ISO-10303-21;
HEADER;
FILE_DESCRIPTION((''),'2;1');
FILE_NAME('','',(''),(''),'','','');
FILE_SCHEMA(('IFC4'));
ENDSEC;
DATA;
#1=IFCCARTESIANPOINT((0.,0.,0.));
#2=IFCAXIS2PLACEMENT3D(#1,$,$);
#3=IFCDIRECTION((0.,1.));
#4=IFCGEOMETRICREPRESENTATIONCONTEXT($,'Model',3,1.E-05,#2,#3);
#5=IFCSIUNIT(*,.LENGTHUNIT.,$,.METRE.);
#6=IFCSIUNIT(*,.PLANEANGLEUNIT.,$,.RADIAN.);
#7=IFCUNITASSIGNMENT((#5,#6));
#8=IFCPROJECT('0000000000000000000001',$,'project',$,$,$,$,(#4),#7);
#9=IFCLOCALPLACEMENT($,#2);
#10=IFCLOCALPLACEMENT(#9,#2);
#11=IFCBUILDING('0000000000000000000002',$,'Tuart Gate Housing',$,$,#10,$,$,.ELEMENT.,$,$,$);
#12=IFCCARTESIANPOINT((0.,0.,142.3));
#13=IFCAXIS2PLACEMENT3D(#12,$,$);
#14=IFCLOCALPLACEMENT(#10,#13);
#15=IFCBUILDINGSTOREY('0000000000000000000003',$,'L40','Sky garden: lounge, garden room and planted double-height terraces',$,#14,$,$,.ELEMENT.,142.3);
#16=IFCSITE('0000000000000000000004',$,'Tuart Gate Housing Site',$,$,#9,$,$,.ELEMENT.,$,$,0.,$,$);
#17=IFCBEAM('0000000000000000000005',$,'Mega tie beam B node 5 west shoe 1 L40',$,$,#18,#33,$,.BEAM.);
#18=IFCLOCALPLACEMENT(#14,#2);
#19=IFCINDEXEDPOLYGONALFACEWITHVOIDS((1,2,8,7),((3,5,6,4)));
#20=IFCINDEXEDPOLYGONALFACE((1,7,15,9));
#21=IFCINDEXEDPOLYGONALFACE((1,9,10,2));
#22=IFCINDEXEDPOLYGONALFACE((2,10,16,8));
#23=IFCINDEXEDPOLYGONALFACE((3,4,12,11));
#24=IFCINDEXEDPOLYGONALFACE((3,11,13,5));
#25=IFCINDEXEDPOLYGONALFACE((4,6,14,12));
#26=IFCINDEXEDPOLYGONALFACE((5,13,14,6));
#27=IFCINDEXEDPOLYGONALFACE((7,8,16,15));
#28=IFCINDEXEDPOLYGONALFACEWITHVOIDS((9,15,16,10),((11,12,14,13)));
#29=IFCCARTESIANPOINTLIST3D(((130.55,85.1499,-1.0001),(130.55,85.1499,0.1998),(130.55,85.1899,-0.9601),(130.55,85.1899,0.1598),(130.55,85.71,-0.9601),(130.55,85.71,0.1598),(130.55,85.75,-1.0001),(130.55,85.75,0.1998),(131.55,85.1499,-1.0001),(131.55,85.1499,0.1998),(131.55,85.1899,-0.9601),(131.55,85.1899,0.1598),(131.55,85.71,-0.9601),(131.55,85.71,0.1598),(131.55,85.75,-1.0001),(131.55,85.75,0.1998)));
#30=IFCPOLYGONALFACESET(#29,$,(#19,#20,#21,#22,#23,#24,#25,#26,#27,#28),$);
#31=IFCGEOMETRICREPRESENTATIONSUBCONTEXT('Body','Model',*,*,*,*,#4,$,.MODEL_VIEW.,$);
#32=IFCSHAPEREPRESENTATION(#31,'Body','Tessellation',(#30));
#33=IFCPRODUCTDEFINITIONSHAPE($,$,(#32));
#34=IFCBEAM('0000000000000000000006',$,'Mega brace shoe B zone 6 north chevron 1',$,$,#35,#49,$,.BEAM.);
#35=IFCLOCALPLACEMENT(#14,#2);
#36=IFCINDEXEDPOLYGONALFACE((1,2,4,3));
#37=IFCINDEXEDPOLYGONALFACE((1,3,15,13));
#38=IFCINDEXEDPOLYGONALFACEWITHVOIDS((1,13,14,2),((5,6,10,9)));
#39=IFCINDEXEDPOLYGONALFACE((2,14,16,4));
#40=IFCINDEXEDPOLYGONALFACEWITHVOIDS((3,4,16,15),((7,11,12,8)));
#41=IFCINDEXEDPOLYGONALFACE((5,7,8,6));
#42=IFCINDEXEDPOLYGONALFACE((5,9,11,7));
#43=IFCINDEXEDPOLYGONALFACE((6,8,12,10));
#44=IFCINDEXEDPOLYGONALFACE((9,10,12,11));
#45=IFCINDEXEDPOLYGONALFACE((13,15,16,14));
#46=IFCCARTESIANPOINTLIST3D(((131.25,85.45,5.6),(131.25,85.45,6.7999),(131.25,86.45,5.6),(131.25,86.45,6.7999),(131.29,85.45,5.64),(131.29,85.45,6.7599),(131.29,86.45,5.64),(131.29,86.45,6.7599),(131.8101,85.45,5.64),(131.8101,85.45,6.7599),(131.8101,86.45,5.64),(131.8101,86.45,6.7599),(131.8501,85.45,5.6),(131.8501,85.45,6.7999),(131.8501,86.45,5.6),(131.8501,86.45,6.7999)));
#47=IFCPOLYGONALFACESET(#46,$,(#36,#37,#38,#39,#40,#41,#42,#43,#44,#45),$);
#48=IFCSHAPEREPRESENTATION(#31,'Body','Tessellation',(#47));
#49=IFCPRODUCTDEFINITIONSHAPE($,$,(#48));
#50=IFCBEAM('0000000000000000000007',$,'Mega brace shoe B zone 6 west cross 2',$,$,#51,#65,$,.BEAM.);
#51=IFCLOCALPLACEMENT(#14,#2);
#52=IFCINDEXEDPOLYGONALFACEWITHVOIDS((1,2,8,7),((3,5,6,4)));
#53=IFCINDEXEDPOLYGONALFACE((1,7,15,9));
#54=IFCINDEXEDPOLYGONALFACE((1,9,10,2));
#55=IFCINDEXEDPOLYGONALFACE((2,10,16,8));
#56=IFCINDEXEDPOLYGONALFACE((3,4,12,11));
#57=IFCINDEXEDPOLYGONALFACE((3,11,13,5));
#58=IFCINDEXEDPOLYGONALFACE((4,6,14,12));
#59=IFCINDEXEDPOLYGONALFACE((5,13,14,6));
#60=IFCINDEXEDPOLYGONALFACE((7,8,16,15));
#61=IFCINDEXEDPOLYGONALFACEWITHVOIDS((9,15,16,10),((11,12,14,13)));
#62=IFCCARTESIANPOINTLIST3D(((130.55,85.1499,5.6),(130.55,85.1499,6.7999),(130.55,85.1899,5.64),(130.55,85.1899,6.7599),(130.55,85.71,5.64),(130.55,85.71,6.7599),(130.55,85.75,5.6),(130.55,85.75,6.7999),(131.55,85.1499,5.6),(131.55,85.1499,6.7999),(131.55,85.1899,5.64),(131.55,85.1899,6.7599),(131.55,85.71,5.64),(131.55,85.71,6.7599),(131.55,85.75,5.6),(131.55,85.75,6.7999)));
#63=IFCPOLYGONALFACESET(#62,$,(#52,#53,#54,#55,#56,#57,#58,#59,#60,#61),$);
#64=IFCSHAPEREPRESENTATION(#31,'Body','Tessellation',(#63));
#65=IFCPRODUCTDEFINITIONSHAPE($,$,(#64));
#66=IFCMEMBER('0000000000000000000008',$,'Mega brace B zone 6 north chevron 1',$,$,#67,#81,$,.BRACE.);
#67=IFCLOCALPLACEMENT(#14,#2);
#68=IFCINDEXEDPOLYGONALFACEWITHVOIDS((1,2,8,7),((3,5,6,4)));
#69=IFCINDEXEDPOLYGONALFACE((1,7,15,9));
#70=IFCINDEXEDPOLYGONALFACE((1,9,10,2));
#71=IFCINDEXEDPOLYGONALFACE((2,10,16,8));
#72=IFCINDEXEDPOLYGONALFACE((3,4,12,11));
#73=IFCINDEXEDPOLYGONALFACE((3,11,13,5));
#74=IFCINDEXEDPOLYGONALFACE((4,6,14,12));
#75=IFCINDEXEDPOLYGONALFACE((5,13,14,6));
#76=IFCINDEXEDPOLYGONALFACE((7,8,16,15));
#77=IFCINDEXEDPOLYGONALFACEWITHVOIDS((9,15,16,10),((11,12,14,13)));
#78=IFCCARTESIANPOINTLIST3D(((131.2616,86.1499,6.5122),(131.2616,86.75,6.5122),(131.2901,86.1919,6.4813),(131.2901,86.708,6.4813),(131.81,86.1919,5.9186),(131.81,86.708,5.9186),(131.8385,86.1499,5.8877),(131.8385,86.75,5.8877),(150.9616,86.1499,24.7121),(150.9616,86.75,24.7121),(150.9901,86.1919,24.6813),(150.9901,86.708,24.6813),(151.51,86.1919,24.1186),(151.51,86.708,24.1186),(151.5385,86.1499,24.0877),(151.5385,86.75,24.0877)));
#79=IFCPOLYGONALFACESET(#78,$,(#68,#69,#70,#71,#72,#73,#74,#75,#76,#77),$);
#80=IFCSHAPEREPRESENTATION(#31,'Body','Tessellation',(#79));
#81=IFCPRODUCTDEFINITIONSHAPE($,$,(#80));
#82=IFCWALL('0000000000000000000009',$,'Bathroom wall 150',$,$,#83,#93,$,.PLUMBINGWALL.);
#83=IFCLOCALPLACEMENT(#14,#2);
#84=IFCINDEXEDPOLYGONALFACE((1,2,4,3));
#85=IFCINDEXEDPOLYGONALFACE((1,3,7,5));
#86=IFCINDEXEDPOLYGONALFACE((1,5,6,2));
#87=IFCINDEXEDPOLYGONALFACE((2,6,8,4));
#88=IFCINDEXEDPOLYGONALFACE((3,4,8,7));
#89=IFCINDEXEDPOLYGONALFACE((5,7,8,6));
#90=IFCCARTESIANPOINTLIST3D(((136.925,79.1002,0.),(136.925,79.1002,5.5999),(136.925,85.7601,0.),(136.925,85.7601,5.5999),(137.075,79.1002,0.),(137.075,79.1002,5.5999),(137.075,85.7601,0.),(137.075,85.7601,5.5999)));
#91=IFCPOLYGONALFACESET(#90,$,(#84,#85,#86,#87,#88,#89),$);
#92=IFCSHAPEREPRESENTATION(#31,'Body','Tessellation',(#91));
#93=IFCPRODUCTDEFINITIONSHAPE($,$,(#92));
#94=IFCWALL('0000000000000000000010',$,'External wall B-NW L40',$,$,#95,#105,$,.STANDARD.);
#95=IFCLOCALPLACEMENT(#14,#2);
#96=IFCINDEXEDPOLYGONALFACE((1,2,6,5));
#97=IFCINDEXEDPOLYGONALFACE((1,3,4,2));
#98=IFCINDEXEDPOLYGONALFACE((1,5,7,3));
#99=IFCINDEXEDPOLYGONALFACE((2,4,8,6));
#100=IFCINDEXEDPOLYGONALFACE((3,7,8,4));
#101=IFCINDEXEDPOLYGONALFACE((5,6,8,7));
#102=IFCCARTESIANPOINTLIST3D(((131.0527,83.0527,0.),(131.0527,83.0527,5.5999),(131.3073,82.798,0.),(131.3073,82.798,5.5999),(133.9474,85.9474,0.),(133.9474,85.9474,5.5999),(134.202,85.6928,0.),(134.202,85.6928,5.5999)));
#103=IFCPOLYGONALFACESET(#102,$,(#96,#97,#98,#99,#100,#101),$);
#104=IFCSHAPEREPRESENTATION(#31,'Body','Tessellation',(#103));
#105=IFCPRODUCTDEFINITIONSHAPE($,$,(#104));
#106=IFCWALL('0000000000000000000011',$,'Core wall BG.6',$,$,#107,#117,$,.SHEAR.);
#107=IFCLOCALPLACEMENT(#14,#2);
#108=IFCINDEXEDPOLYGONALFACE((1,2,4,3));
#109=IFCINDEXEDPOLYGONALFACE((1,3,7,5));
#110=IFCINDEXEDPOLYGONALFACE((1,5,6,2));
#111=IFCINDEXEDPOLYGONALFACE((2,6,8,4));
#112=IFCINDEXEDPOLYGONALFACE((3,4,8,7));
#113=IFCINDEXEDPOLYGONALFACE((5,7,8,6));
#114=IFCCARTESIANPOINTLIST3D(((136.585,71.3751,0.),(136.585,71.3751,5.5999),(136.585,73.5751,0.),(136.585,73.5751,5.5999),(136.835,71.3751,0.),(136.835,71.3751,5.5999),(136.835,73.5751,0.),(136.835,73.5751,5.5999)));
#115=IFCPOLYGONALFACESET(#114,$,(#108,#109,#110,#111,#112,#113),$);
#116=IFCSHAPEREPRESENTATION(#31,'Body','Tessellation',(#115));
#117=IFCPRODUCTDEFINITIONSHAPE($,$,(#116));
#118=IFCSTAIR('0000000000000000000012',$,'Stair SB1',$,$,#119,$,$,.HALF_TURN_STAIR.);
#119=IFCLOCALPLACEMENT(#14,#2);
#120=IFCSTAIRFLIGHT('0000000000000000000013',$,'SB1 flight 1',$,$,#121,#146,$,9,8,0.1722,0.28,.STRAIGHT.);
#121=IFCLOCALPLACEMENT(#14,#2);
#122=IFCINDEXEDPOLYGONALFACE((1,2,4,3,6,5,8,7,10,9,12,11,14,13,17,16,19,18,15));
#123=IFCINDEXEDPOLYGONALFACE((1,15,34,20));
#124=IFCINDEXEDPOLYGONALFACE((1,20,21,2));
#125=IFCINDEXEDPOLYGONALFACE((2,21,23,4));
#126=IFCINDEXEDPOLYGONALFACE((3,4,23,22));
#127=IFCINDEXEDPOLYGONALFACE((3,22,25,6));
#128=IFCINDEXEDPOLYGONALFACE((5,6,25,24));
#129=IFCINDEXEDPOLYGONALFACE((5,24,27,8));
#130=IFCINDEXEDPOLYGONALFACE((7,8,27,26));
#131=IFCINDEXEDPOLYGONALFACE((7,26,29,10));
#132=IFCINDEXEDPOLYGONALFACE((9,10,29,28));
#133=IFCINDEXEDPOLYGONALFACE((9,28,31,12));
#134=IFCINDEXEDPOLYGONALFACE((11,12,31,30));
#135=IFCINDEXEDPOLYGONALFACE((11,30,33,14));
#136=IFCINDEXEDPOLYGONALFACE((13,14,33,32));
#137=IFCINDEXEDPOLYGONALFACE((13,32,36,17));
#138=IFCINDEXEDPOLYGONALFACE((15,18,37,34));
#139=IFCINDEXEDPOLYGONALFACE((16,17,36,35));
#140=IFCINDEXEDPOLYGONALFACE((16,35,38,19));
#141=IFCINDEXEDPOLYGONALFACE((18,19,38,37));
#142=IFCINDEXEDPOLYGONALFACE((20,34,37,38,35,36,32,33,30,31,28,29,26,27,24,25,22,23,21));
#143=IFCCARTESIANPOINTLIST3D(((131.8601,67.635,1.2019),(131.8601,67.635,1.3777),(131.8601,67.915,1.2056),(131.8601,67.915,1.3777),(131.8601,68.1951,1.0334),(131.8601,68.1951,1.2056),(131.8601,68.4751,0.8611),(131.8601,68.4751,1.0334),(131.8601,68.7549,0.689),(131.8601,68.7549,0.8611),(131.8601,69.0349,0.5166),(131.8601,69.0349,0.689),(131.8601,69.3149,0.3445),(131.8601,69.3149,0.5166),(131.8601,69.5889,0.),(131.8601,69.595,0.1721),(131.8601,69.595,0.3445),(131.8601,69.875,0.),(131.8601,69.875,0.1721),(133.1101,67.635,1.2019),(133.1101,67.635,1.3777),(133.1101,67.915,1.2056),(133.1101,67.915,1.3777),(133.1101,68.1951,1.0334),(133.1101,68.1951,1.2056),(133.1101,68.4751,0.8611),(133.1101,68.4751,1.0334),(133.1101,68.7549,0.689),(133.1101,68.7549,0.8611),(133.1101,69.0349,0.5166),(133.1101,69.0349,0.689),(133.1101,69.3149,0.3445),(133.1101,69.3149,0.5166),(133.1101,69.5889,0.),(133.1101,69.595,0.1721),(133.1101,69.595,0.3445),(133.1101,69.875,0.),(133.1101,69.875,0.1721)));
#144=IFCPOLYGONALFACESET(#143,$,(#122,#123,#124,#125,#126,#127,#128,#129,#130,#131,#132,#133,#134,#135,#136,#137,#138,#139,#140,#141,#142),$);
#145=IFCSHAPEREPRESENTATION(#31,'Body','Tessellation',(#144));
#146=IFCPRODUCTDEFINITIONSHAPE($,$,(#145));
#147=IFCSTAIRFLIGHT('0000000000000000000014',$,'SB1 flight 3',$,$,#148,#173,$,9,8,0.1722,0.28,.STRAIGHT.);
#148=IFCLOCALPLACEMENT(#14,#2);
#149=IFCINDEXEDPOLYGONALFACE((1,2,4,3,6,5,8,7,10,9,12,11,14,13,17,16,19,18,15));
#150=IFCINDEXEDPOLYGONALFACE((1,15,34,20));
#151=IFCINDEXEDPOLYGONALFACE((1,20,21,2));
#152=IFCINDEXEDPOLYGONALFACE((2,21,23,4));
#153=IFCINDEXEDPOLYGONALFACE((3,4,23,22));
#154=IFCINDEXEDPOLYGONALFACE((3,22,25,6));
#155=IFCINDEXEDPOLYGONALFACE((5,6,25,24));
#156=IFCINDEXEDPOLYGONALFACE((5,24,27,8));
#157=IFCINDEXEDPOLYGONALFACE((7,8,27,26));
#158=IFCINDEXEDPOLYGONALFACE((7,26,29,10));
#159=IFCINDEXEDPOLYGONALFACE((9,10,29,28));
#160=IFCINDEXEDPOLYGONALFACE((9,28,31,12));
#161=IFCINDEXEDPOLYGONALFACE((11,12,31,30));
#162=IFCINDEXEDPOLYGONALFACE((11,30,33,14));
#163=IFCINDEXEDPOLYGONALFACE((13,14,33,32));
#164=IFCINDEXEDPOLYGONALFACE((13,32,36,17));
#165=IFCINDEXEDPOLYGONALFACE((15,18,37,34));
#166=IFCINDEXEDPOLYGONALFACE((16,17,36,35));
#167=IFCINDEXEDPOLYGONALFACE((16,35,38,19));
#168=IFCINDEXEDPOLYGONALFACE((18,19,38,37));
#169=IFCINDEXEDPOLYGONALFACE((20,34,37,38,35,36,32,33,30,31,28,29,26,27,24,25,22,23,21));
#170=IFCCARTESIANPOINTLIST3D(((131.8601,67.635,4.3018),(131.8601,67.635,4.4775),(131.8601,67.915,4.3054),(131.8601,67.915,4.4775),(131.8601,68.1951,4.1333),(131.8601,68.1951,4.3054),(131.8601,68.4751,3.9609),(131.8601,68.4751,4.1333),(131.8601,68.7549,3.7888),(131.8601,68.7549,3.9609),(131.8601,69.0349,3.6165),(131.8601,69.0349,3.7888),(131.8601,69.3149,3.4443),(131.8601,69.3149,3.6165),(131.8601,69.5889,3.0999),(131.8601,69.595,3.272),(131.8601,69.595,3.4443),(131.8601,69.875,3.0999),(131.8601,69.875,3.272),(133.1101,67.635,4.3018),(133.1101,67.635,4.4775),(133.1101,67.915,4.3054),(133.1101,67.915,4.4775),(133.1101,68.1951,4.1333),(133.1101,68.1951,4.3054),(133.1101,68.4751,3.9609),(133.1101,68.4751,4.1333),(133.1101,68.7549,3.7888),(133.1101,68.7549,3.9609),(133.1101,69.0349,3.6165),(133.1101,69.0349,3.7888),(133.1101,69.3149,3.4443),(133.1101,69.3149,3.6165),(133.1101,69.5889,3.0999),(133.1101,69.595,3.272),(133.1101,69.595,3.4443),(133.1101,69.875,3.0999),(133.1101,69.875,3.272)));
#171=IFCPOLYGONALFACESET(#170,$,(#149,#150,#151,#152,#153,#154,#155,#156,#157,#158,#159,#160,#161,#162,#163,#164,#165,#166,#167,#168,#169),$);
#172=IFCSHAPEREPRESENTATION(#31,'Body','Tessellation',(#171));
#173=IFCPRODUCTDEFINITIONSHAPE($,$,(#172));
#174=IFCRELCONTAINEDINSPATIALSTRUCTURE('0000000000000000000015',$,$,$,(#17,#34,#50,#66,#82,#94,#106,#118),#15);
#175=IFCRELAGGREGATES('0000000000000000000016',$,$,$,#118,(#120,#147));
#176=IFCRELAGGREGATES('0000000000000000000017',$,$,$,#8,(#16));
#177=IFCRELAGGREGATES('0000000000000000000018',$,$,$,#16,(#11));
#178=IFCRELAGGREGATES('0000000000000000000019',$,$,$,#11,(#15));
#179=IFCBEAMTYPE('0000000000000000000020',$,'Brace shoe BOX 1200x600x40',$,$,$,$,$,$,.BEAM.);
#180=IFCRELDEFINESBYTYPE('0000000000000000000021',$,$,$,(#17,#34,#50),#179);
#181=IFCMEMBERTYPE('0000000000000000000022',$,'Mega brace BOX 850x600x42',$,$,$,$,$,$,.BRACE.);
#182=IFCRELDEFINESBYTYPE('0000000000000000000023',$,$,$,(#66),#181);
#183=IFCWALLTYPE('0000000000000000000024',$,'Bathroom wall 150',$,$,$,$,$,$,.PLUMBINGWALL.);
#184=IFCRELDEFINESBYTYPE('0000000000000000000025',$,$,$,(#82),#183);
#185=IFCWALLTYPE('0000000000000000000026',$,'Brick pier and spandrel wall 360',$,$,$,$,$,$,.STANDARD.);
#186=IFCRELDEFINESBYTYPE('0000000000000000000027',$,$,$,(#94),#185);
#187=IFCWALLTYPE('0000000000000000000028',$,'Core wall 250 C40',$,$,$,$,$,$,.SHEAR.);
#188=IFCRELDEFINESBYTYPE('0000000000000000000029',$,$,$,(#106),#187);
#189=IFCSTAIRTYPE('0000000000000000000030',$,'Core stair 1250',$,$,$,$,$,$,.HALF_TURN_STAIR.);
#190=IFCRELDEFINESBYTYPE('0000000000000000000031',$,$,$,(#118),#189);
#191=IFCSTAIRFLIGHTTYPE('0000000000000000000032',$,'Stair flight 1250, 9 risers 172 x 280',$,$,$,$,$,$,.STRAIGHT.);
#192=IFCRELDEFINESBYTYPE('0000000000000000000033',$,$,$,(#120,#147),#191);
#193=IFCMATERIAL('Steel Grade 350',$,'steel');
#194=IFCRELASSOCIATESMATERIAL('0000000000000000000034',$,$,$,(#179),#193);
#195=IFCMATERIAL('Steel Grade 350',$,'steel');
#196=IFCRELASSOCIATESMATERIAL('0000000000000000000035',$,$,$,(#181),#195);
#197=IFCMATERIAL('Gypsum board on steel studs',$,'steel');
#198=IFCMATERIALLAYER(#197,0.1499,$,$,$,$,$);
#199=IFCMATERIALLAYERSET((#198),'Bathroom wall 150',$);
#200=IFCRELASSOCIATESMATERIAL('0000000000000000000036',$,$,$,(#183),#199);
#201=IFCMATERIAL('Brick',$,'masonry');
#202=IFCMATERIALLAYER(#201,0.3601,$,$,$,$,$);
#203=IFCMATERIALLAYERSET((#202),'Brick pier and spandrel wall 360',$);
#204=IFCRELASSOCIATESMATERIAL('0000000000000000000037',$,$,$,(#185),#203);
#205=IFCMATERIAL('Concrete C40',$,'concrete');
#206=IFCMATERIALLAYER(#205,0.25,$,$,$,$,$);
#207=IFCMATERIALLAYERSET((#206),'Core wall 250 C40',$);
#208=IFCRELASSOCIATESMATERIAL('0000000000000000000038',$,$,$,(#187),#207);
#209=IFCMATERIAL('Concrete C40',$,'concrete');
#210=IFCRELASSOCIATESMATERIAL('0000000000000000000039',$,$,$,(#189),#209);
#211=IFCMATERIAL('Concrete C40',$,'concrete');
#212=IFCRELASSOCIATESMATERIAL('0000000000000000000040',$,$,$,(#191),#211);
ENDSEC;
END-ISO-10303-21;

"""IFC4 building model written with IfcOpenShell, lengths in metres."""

from ifc_helpers import new_model, si_unit, direction, frame, frame_2d, origin, origin_2d, place, context, subcontext, project, spatial, polyline, rectangle, hollow_rectangle, outline, extrude, material, layer, layer_set, material_profile, profile_set, type_object, element, aggregate, save


model = new_model("IFC4")

# Units and contexts
model_context = context("Model", 3, precision=1e-05, world=origin(), true_north=direction((0.0, 1.0)))
body_context = subcontext(model_context, "Body", "Model", "MODEL_VIEW")
ifc_project = project(units=[si_unit("LENGTHUNIT", "METRE"), si_unit("PLANEANGLEUNIT", "RADIAN")], contexts=[model_context])

# Site, building, storey
site_placement = place(None, origin())
site = spatial("IfcSite", under=ifc_project, at=site_placement, Name="Tuart Gate Housing Site", CompositionType="ELEMENT", RefElevation=0.0)
building_placement = place(site_placement, origin())
building = spatial("IfcBuilding", under=site, at=building_placement, Name="Tuart Gate Housing", CompositionType="ELEMENT")
storey_placement = place(building_placement, frame((0.0, 0.0, 142.3)))
storey = spatial("IfcBuildingStorey", under=building, at=storey_placement, Name="L40", Description="Sky garden: lounge, garden room and planted double-height terraces", CompositionType="ELEMENT", Elevation=142.3)

# Beams
ifc_material_1 = material(Name="Steel Grade 350", Category="steel")
ifc_material_profile_1 = material_profile(ifc_material_1, hollow_rectangle(XDim=0.6001, YDim=1.2, WallThickness=0.04, at=origin_2d()), Name="BOX 1200x600x40")
ifc_profile_set_1 = profile_set([ifc_material_profile_1], Name="Steel Grade 350")
beam_type = type_object("IfcBeamType", Name="Brace shoe BOX 1200x600x40", PredefinedType="BEAM", material=ifc_profile_set_1)
for number, where, z_axis, x_axis, name in (
    (1, (131.55, 85.45, -0.4001), (-1.0, 0.0, 0.0), (0.0, -1.0, 0.0), "Mega tie beam B node 5 west shoe 1 L40"),
    (2, (131.55, 85.45, 6.2), (0.0, 1.0, 0.0), (-1.0, 0.0, 0.0), "Mega brace shoe B zone 6 north chevron 1"),
    (3, (131.55, 85.45, 6.2), (-1.0, 0.0, 0.0), (0.0, -1.0, 0.0), "Mega brace shoe B zone 6 west cross 2"),
):
    element("IfcBeam", number, at=place(storey_placement, frame(where, z_axis=z_axis, x_axis=x_axis)), inside=storey, type_object=beam_type, Name=name, PredefinedType="BEAM", context=body_context, shape_type="SweptSolid", body=[
        extrude(hollow_rectangle(XDim=0.6001, YDim=1.2, WallThickness=0.04, at=origin_2d()), origin(), (0.0, 0.0, 1.0), 1.0),
    ])

# Member
ifc_material_2 = material(Name="Steel Grade 350", Category="steel")
ifc_material_profile_2 = material_profile(ifc_material_2, hollow_rectangle(XDim=0.6001, YDim=0.8501, WallThickness=0.042, at=origin_2d()), Name="BOX 850x600x42")
ifc_profile_set_2 = profile_set([ifc_material_profile_2], Name="Steel Grade 350")
member_type = type_object("IfcMemberType", Name="Mega brace BOX 850x600x42", PredefinedType="BRACE", material=ifc_profile_set_2)
member_placement = place(storey_placement, frame((131.55, 86.45, 6.2), z_axis=(0.734518, 0.0, 0.67859), x_axis=(0.0, 1.0, 0.0)))
element("IfcMember", 4, at=member_placement, inside=storey, type_object=member_type, Name="Mega brace B zone 6 north chevron 1", PredefinedType="BRACE", context=body_context, shape_type="SweptSolid", body=[
    extrude(hollow_rectangle(XDim=0.6001, YDim=0.8501, WallThickness=0.042, at=origin_2d()), origin(), (0.0, 0.0, 1.0), 26.8203),
])

# Walls
ifc_material_3 = material(Name="Gypsum board on steel studs", Category="steel")
ifc_layer_1 = layer(ifc_material_3, 0.1499)
ifc_layer_set_1 = layer_set([ifc_layer_1], Name="Bathroom wall 150")
wall_type_1 = type_object("IfcWallType", Name="Bathroom wall 150", PredefinedType="PLUMBINGWALL", material=ifc_layer_set_1)
wall_1_placement = place(storey_placement, frame((137.0, 79.1001, 0.0), z_axis=(0.0, 0.0, 1.0), x_axis=(0.0, 1.0, 0.0)))
element("IfcWall", 5, at=wall_1_placement, inside=storey, type_object=wall_type_1, Name="Bathroom wall 150", PredefinedType="PLUMBINGWALL", context=body_context, shape_type="SweptSolid", body=[
    extrude(rectangle(XDim=6.6599, YDim=0.1499, at=frame_2d((3.3301, 0.0))), origin(), (0.0, 0.0, 1.0), 5.5999),
])
ifc_material_4 = material(Name="Brick", Category="masonry")
ifc_layer_2 = layer(ifc_material_4, 0.3601)
ifc_layer_set_2 = layer_set([ifc_layer_2], Name="Brick pier and spandrel wall 360")
wall_type_2 = type_object("IfcWallType", Name="Brick pier and spandrel wall 360", PredefinedType="STANDARD", material=ifc_layer_set_2)
wall_2_placement = place(storey_placement, frame((134.0747, 85.8201, 0.0), z_axis=(0.0, 0.0, 1.0), x_axis=(-0.707107, -0.707107, 0.0)))
element("IfcWall", 6, at=wall_2_placement, inside=storey, type_object=wall_type_2, Name="External wall B-NW L40", PredefinedType="STANDARD", context=body_context, shape_type="SweptSolid", body=[
    extrude(rectangle(XDim=4.0938, YDim=0.3601, at=frame_2d((2.0469, 0.0))), origin(), (0.0, 0.0, 1.0), 5.5999),
])
ifc_material_5 = material(Name="Concrete C40", Category="concrete")
ifc_layer_3 = layer(ifc_material_5, 0.25)
ifc_layer_set_3 = layer_set([ifc_layer_3], Name="Core wall 250 C40")
wall_type_3 = type_object("IfcWallType", Name="Core wall 250 C40", PredefinedType="SHEAR", material=ifc_layer_set_3)
wall_3_placement = place(storey_placement, frame((136.71, 71.375, 0.0), z_axis=(0.0, 0.0, 1.0), x_axis=(0.0, 1.0, 0.0)))
element("IfcWall", 7, at=wall_3_placement, inside=storey, type_object=wall_type_3, Name="Core wall BG.6", PredefinedType="SHEAR", context=body_context, shape_type="SweptSolid", body=[
    extrude(rectangle(XDim=2.2, YDim=0.25, at=frame_2d((1.1001, 0.0))), origin(), (0.0, 0.0, 1.0), 5.5999),
])

# Stair, stair flights
ifc_material_6 = material(Name="Concrete C40", Category="concrete")
stair_type = type_object("IfcStairType", Name="Core stair 1250", PredefinedType="HALF_TURN_STAIR", material=ifc_material_6)
stair_placement = place(storey_placement, origin())
stair = element("IfcStair", 8, at=stair_placement, inside=storey, type_object=stair_type, Name="Stair SB1", PredefinedType="HALF_TURN_STAIR")
ifc_material_7 = material(Name="Concrete C40", Category="concrete")
stair_flight_type = type_object("IfcStairFlightType", Name="Stair flight 1250, 9 risers 172 x 280", PredefinedType="STRAIGHT", material=ifc_material_7)
stair_flight_1_placement = place(storey_placement, frame((132.4851, 69.875, 0.0), z_axis=(0.0, 0.0, 1.0), x_axis=(0.0, -1.0, 0.0)))
stair_flight_1 = element("IfcStairFlight", 9, at=stair_flight_1_placement, type_object=stair_flight_type, Name="SB1 flight 1", NumberOfRisers=9, NumberOfTreads=8, PredefinedType="STRAIGHT", RiserHeight=0.1722, TreadLength=0.28, context=body_context, shape_type="SweptSolid", body=[
    extrude(outline(polyline([(0.0, 0.0), (0.0, 0.1721), (0.28, 0.1721), (0.28, 0.3445), (0.5601, 0.3445), (0.5601, 0.5166), (0.8401, 0.5166), (0.8401, 0.689), (1.1201, 0.689), (1.1201, 0.8611), (1.3999, 0.8611), (1.3999, 1.0334), (1.6799, 1.0334), (1.6799, 1.2056), (1.96, 1.2056), (1.96, 1.3777), (2.24, 1.3777), (2.24, 1.55), (2.24, 1.2019), (0.2861, 0.0), (0.0, 0.0)])), frame((0.0, 0.625, 0.0), z_axis=(0.0, -1.0, 0.0), x_axis=(1.0, 0.0, 0.0)), (0.0, 0.0, 1.0), 1.25),
])
stair_flight_2_placement = place(storey_placement, frame((132.4851, 69.875, 3.0999), z_axis=(0.0, 0.0, 1.0), x_axis=(0.0, -1.0, 0.0)))
stair_flight_2 = element("IfcStairFlight", 10, at=stair_flight_2_placement, type_object=stair_flight_type, Name="SB1 flight 3", NumberOfRisers=9, NumberOfTreads=8, PredefinedType="STRAIGHT", RiserHeight=0.1722, TreadLength=0.28, context=body_context, shape_type="SweptSolid", body=[
    extrude(outline(polyline([(0.0, 0.0), (0.0, 0.1721), (0.28, 0.1721), (0.28, 0.3445), (0.5601, 0.3445), (0.5601, 0.5166), (0.8401, 0.5166), (0.8401, 0.689), (1.1201, 0.689), (1.1201, 0.8611), (1.3999, 0.8611), (1.3999, 1.0334), (1.6799, 1.0334), (1.6799, 1.2056), (1.96, 1.2056), (1.96, 1.3777), (2.24, 1.3777), (2.24, 1.55), (2.24, 1.2019), (0.2861, 0.0), (0.0, 0.0)])), frame((0.0, 0.625, 0.0), z_axis=(0.0, -1.0, 0.0), x_axis=(1.0, 0.0, 0.0)), (0.0, 0.0, 1.0), 1.25),
])
aggregate(stair, [stair_flight_1, stair_flight_2])

save(model, "model.ifc")
